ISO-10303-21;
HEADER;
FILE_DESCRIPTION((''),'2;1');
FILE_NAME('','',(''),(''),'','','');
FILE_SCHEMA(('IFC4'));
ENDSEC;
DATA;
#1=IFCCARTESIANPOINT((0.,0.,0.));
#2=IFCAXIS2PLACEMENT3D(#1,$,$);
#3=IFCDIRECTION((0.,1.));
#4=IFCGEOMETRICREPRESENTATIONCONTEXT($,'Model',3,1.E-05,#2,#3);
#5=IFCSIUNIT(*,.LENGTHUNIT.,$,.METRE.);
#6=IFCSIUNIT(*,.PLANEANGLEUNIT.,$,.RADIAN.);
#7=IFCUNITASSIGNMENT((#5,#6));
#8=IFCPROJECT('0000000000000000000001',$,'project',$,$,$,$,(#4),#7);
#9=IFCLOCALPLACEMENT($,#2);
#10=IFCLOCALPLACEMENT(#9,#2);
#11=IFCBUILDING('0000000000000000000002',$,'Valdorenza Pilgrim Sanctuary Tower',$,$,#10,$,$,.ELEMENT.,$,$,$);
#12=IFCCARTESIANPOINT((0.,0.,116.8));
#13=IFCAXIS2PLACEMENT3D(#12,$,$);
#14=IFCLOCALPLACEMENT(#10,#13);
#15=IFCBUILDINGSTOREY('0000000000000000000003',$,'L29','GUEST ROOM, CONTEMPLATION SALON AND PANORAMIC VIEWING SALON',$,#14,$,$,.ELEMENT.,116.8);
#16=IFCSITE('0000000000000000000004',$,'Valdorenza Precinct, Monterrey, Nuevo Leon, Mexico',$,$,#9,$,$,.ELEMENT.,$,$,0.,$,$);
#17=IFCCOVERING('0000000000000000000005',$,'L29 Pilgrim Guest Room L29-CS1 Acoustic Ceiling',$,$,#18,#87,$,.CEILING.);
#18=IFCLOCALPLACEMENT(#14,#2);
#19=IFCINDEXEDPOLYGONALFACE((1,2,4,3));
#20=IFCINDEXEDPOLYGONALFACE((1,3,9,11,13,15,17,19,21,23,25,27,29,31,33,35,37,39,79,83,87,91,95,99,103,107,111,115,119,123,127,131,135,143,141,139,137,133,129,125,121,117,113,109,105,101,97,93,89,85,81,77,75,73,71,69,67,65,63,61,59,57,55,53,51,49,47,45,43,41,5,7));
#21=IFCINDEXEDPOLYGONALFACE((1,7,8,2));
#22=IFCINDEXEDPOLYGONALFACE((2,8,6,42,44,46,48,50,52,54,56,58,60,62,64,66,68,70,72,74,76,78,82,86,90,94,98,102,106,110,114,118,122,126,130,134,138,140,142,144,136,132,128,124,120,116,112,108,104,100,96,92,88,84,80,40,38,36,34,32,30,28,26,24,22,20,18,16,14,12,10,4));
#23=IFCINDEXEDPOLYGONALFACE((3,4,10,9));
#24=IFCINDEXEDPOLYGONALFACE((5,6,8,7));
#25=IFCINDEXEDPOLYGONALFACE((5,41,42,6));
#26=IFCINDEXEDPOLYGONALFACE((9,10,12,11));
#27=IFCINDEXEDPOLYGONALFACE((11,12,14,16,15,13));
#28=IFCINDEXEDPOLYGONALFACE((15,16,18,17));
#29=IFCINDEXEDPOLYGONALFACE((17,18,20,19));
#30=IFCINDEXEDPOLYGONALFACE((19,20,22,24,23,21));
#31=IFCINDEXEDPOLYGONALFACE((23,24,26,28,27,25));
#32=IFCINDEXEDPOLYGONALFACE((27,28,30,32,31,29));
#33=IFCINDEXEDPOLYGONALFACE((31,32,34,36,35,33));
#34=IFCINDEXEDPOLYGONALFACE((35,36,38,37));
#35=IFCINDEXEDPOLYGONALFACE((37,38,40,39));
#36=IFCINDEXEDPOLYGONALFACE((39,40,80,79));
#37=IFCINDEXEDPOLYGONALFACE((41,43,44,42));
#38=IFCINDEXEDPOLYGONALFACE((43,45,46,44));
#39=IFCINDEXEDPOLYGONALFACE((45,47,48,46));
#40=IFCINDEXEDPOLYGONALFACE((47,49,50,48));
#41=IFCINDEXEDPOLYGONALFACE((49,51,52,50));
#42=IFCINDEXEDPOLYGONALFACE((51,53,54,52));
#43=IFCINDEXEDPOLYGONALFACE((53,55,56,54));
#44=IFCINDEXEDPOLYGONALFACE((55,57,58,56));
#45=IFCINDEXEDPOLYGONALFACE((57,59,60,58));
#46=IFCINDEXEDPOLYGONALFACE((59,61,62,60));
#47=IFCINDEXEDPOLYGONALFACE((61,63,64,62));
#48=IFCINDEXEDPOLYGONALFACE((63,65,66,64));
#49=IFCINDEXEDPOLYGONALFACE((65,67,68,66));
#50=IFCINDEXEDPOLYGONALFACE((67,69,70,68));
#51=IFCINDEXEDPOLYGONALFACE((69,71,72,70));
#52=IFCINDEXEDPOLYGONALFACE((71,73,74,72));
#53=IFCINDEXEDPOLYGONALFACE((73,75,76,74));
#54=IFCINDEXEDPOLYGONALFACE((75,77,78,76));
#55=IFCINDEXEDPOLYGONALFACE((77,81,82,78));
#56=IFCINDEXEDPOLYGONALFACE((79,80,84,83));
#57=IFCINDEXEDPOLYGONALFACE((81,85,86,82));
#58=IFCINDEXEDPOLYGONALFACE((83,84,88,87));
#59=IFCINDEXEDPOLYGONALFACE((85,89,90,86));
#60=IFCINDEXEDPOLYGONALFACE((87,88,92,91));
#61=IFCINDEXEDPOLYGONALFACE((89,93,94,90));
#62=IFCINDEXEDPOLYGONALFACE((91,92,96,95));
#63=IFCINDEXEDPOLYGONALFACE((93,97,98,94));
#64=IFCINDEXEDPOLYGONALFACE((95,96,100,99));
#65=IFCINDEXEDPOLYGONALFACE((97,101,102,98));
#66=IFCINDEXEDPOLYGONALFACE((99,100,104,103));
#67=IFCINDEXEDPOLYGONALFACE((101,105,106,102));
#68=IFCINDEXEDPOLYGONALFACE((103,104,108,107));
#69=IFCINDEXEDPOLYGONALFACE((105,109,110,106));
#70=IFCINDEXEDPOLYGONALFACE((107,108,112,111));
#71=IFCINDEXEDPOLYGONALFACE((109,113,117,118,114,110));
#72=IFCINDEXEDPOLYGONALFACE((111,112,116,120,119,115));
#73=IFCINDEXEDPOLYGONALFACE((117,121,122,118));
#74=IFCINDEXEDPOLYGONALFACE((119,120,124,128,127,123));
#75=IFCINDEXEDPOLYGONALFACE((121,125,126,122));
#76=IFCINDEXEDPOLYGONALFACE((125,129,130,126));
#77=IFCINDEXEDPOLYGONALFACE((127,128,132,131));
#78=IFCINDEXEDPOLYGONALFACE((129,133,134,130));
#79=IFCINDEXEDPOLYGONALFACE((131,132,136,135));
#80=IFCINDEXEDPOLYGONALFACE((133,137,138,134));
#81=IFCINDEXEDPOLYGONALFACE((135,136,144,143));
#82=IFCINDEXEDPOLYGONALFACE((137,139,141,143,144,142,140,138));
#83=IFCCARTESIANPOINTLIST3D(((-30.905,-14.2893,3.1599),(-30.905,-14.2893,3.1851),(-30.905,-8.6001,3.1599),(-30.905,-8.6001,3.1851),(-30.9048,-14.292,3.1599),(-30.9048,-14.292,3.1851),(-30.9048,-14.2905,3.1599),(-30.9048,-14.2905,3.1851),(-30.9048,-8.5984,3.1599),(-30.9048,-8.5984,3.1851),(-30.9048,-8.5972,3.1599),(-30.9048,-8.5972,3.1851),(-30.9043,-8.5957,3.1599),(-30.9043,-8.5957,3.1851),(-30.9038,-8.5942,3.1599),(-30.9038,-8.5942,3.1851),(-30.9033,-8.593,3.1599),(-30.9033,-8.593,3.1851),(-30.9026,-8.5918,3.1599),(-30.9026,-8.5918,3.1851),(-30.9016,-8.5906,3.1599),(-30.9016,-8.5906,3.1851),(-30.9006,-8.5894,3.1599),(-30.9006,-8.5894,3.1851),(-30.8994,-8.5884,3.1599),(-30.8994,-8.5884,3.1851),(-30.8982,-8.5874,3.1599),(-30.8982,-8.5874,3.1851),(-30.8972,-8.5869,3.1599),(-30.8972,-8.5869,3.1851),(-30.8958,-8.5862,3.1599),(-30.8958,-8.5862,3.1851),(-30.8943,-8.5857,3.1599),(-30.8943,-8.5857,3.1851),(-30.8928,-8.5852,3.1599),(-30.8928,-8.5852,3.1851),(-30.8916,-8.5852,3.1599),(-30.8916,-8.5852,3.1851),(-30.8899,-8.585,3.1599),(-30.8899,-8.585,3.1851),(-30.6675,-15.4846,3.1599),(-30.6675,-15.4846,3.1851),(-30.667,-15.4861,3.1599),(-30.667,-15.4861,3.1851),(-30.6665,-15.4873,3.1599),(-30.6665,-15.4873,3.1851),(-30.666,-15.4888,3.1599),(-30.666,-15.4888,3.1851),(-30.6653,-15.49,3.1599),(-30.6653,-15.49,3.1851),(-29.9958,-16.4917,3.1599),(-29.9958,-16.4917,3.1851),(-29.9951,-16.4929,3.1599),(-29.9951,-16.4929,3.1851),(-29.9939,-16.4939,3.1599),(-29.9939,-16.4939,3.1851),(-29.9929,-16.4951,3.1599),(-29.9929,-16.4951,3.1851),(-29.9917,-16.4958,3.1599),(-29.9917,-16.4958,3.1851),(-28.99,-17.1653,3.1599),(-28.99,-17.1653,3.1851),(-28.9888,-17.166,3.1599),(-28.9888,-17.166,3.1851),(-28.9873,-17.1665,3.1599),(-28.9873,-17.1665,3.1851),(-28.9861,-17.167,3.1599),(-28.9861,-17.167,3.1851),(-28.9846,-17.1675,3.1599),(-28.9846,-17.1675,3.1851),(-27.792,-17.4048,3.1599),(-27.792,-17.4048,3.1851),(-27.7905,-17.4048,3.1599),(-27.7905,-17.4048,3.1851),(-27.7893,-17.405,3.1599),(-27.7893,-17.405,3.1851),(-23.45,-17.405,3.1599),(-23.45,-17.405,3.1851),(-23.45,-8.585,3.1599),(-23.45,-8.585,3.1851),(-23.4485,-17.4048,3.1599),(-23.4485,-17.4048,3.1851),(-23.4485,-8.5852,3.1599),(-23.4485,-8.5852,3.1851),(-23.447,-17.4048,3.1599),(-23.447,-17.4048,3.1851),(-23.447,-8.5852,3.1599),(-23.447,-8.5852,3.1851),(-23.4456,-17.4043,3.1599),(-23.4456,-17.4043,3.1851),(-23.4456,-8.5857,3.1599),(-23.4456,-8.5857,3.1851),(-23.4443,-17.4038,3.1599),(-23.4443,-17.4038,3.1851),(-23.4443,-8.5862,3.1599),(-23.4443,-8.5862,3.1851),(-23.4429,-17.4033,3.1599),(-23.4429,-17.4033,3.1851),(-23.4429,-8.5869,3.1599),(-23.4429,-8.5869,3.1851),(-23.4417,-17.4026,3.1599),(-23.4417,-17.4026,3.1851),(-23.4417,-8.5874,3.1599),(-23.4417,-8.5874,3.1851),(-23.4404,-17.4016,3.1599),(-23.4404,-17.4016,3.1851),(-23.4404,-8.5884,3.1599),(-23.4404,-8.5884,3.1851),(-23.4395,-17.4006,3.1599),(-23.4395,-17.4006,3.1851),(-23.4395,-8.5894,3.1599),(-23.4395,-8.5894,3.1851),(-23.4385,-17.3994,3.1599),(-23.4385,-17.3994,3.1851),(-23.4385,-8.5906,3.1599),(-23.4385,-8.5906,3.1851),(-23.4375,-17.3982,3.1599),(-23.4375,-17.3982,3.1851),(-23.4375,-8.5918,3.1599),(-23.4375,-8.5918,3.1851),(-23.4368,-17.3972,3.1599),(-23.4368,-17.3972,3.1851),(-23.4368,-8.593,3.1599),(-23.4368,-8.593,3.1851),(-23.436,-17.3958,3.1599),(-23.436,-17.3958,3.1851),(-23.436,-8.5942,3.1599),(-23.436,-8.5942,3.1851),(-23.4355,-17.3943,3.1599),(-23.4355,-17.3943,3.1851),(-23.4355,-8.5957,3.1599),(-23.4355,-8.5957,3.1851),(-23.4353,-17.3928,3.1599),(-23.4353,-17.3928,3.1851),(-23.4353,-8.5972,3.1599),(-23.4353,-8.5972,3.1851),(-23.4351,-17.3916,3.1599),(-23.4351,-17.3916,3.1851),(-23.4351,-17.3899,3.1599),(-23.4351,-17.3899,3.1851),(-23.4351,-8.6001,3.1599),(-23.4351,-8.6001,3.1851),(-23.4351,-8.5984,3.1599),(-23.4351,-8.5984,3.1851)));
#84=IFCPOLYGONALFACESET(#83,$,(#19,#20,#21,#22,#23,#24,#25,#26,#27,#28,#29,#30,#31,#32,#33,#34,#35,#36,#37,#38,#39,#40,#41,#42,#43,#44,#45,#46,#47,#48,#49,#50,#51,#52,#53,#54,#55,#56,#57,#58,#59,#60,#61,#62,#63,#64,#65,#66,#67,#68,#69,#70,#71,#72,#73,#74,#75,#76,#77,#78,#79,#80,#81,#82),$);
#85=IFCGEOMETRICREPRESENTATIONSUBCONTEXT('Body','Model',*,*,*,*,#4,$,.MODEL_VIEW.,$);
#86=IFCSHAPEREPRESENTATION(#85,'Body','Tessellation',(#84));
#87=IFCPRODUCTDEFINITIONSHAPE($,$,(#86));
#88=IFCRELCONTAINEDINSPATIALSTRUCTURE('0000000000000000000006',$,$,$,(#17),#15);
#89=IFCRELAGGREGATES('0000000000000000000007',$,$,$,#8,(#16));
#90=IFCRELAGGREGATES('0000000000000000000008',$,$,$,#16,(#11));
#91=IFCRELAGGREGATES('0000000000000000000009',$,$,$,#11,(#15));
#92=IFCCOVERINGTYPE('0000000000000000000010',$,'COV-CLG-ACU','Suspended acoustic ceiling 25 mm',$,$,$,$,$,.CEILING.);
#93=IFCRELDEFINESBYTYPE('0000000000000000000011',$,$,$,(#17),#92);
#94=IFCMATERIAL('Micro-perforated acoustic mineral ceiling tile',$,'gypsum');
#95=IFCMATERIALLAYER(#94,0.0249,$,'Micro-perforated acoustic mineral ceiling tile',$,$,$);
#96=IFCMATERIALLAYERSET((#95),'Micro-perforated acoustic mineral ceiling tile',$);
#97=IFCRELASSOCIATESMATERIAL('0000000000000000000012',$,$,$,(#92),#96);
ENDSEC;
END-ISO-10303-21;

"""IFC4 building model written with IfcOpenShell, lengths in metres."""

from ifc_helpers import new_model, si_unit, direction, frame, origin, place, context, subcontext, project, spatial, polyline, outline, extrude, material, layer, layer_set, type_object, element, save


model = new_model("IFC4")

# Units and contexts
model_context = context("Model", 3, precision=1e-05, world=origin(), true_north=direction((0.0, 1.0)))
body_context = subcontext(model_context, "Body", "Model", "MODEL_VIEW")
ifc_project = project(units=[si_unit("LENGTHUNIT", "METRE"), si_unit("PLANEANGLEUNIT", "RADIAN")], contexts=[model_context])

# Site, building, storey
site_placement = place(None, origin())
site = spatial("IfcSite", under=ifc_project, at=site_placement, Name="Valdorenza Precinct, Monterrey, Nuevo Leon, Mexico", CompositionType="ELEMENT", RefElevation=0.0)
building_placement = place(site_placement, origin())
building = spatial("IfcBuilding", under=site, at=building_placement, Name="Valdorenza Pilgrim Sanctuary Tower", CompositionType="ELEMENT")
storey_placement = place(building_placement, frame((0.0, 0.0, 116.8)))
storey = spatial("IfcBuildingStorey", under=building, at=storey_placement, Name="L29", Description="GUEST ROOM, CONTEMPLATION SALON AND PANORAMIC VIEWING SALON", CompositionType="ELEMENT", Elevation=116.8)

# Covering
ifc_material_1 = material(Name="Micro-perforated acoustic mineral ceiling tile", Category="gypsum")
ifc_layer_1 = layer(ifc_material_1, 0.0249, Name="Micro-perforated acoustic mineral ceiling tile")
ifc_layer_set_1 = layer_set([ifc_layer_1], Name="Micro-perforated acoustic mineral ceiling tile")
covering_type_1 = type_object("IfcCoveringType", Name="COV-CLG-ACU", Description="Suspended acoustic ceiling 25 mm", PredefinedType="CEILING", material=ifc_layer_set_1)
covering_1_placement = place(storey_placement, frame((0.0, 0.0, 3.1599)))
element("IfcCovering", 1, at=covering_1_placement, inside=storey, type_object=covering_type_1, Name="L29 Pilgrim Guest Room L29-CS1 Acoustic Ceiling", PredefinedType="CEILING", context=body_context, shape_type="SweptSolid", body=[
    extrude(outline(polyline([(-23.45, -8.585), (-23.4485, -8.5852), (-23.447, -8.5852), (-23.4456, -8.5857), (-23.4443, -8.5862), (-23.4429, -8.5869), (-23.4417, -8.5874), (-23.4404, -8.5884), (-23.4395, -8.5894), (-23.4385, -8.5906), (-23.4375, -8.5918), (-23.4368, -8.593), (-23.436, -8.5942), (-23.4355, -8.5957), (-23.4353, -8.5972), (-23.4351, -8.5984), (-23.4351, -8.6001), (-23.4351, -17.3899), (-23.4351, -17.3916), (-23.4353, -17.3928), (-23.4355, -17.3943), (-23.436, -17.3958), (-23.4368, -17.3972), (-23.4375, -17.3982), (-23.4385, -17.3994), (-23.4395, -17.4006), (-23.4404, -17.4016), (-23.4417, -17.4026), (-23.4429, -17.4033), (-23.4443, -17.4038), (-23.4456, -17.4043), (-23.447, -17.4048), (-23.4485, -17.4048), (-23.45, -17.405), (-27.7893, -17.405), (-27.7905, -17.4048), (-27.792, -17.4048), (-28.9846, -17.1675), (-28.9861, -17.167), (-28.9873, -17.1665), (-28.9888, -17.166), (-28.99, -17.1653), (-29.9917, -16.4958), (-29.9929, -16.4951), (-29.9939, -16.4939), (-29.9951, -16.4929), (-29.9958, -16.4917), (-30.6653, -15.49), (-30.666, -15.4888), (-30.6665, -15.4873), (-30.667, -15.4861), (-30.6675, -15.4846), (-30.9048, -14.292), (-30.9048, -14.2905), (-30.905, -14.2893), (-30.905, -8.6001), (-30.9048, -8.5984), (-30.9048, -8.5972), (-30.9043, -8.5957), (-30.9038, -8.5942), (-30.9033, -8.593), (-30.9026, -8.5918), (-30.9016, -8.5906), (-30.9006, -8.5894), (-30.8994, -8.5884), (-30.8982, -8.5874), (-30.8972, -8.5869), (-30.8958, -8.5862), (-30.8943, -8.5857), (-30.8928, -8.5852), (-30.8916, -8.5852), (-30.8899, -8.585), (-23.45, -8.585)])), origin(), (0.0, 0.0, 1.0), 0.0251),
])

save(model, "model.ifc")
